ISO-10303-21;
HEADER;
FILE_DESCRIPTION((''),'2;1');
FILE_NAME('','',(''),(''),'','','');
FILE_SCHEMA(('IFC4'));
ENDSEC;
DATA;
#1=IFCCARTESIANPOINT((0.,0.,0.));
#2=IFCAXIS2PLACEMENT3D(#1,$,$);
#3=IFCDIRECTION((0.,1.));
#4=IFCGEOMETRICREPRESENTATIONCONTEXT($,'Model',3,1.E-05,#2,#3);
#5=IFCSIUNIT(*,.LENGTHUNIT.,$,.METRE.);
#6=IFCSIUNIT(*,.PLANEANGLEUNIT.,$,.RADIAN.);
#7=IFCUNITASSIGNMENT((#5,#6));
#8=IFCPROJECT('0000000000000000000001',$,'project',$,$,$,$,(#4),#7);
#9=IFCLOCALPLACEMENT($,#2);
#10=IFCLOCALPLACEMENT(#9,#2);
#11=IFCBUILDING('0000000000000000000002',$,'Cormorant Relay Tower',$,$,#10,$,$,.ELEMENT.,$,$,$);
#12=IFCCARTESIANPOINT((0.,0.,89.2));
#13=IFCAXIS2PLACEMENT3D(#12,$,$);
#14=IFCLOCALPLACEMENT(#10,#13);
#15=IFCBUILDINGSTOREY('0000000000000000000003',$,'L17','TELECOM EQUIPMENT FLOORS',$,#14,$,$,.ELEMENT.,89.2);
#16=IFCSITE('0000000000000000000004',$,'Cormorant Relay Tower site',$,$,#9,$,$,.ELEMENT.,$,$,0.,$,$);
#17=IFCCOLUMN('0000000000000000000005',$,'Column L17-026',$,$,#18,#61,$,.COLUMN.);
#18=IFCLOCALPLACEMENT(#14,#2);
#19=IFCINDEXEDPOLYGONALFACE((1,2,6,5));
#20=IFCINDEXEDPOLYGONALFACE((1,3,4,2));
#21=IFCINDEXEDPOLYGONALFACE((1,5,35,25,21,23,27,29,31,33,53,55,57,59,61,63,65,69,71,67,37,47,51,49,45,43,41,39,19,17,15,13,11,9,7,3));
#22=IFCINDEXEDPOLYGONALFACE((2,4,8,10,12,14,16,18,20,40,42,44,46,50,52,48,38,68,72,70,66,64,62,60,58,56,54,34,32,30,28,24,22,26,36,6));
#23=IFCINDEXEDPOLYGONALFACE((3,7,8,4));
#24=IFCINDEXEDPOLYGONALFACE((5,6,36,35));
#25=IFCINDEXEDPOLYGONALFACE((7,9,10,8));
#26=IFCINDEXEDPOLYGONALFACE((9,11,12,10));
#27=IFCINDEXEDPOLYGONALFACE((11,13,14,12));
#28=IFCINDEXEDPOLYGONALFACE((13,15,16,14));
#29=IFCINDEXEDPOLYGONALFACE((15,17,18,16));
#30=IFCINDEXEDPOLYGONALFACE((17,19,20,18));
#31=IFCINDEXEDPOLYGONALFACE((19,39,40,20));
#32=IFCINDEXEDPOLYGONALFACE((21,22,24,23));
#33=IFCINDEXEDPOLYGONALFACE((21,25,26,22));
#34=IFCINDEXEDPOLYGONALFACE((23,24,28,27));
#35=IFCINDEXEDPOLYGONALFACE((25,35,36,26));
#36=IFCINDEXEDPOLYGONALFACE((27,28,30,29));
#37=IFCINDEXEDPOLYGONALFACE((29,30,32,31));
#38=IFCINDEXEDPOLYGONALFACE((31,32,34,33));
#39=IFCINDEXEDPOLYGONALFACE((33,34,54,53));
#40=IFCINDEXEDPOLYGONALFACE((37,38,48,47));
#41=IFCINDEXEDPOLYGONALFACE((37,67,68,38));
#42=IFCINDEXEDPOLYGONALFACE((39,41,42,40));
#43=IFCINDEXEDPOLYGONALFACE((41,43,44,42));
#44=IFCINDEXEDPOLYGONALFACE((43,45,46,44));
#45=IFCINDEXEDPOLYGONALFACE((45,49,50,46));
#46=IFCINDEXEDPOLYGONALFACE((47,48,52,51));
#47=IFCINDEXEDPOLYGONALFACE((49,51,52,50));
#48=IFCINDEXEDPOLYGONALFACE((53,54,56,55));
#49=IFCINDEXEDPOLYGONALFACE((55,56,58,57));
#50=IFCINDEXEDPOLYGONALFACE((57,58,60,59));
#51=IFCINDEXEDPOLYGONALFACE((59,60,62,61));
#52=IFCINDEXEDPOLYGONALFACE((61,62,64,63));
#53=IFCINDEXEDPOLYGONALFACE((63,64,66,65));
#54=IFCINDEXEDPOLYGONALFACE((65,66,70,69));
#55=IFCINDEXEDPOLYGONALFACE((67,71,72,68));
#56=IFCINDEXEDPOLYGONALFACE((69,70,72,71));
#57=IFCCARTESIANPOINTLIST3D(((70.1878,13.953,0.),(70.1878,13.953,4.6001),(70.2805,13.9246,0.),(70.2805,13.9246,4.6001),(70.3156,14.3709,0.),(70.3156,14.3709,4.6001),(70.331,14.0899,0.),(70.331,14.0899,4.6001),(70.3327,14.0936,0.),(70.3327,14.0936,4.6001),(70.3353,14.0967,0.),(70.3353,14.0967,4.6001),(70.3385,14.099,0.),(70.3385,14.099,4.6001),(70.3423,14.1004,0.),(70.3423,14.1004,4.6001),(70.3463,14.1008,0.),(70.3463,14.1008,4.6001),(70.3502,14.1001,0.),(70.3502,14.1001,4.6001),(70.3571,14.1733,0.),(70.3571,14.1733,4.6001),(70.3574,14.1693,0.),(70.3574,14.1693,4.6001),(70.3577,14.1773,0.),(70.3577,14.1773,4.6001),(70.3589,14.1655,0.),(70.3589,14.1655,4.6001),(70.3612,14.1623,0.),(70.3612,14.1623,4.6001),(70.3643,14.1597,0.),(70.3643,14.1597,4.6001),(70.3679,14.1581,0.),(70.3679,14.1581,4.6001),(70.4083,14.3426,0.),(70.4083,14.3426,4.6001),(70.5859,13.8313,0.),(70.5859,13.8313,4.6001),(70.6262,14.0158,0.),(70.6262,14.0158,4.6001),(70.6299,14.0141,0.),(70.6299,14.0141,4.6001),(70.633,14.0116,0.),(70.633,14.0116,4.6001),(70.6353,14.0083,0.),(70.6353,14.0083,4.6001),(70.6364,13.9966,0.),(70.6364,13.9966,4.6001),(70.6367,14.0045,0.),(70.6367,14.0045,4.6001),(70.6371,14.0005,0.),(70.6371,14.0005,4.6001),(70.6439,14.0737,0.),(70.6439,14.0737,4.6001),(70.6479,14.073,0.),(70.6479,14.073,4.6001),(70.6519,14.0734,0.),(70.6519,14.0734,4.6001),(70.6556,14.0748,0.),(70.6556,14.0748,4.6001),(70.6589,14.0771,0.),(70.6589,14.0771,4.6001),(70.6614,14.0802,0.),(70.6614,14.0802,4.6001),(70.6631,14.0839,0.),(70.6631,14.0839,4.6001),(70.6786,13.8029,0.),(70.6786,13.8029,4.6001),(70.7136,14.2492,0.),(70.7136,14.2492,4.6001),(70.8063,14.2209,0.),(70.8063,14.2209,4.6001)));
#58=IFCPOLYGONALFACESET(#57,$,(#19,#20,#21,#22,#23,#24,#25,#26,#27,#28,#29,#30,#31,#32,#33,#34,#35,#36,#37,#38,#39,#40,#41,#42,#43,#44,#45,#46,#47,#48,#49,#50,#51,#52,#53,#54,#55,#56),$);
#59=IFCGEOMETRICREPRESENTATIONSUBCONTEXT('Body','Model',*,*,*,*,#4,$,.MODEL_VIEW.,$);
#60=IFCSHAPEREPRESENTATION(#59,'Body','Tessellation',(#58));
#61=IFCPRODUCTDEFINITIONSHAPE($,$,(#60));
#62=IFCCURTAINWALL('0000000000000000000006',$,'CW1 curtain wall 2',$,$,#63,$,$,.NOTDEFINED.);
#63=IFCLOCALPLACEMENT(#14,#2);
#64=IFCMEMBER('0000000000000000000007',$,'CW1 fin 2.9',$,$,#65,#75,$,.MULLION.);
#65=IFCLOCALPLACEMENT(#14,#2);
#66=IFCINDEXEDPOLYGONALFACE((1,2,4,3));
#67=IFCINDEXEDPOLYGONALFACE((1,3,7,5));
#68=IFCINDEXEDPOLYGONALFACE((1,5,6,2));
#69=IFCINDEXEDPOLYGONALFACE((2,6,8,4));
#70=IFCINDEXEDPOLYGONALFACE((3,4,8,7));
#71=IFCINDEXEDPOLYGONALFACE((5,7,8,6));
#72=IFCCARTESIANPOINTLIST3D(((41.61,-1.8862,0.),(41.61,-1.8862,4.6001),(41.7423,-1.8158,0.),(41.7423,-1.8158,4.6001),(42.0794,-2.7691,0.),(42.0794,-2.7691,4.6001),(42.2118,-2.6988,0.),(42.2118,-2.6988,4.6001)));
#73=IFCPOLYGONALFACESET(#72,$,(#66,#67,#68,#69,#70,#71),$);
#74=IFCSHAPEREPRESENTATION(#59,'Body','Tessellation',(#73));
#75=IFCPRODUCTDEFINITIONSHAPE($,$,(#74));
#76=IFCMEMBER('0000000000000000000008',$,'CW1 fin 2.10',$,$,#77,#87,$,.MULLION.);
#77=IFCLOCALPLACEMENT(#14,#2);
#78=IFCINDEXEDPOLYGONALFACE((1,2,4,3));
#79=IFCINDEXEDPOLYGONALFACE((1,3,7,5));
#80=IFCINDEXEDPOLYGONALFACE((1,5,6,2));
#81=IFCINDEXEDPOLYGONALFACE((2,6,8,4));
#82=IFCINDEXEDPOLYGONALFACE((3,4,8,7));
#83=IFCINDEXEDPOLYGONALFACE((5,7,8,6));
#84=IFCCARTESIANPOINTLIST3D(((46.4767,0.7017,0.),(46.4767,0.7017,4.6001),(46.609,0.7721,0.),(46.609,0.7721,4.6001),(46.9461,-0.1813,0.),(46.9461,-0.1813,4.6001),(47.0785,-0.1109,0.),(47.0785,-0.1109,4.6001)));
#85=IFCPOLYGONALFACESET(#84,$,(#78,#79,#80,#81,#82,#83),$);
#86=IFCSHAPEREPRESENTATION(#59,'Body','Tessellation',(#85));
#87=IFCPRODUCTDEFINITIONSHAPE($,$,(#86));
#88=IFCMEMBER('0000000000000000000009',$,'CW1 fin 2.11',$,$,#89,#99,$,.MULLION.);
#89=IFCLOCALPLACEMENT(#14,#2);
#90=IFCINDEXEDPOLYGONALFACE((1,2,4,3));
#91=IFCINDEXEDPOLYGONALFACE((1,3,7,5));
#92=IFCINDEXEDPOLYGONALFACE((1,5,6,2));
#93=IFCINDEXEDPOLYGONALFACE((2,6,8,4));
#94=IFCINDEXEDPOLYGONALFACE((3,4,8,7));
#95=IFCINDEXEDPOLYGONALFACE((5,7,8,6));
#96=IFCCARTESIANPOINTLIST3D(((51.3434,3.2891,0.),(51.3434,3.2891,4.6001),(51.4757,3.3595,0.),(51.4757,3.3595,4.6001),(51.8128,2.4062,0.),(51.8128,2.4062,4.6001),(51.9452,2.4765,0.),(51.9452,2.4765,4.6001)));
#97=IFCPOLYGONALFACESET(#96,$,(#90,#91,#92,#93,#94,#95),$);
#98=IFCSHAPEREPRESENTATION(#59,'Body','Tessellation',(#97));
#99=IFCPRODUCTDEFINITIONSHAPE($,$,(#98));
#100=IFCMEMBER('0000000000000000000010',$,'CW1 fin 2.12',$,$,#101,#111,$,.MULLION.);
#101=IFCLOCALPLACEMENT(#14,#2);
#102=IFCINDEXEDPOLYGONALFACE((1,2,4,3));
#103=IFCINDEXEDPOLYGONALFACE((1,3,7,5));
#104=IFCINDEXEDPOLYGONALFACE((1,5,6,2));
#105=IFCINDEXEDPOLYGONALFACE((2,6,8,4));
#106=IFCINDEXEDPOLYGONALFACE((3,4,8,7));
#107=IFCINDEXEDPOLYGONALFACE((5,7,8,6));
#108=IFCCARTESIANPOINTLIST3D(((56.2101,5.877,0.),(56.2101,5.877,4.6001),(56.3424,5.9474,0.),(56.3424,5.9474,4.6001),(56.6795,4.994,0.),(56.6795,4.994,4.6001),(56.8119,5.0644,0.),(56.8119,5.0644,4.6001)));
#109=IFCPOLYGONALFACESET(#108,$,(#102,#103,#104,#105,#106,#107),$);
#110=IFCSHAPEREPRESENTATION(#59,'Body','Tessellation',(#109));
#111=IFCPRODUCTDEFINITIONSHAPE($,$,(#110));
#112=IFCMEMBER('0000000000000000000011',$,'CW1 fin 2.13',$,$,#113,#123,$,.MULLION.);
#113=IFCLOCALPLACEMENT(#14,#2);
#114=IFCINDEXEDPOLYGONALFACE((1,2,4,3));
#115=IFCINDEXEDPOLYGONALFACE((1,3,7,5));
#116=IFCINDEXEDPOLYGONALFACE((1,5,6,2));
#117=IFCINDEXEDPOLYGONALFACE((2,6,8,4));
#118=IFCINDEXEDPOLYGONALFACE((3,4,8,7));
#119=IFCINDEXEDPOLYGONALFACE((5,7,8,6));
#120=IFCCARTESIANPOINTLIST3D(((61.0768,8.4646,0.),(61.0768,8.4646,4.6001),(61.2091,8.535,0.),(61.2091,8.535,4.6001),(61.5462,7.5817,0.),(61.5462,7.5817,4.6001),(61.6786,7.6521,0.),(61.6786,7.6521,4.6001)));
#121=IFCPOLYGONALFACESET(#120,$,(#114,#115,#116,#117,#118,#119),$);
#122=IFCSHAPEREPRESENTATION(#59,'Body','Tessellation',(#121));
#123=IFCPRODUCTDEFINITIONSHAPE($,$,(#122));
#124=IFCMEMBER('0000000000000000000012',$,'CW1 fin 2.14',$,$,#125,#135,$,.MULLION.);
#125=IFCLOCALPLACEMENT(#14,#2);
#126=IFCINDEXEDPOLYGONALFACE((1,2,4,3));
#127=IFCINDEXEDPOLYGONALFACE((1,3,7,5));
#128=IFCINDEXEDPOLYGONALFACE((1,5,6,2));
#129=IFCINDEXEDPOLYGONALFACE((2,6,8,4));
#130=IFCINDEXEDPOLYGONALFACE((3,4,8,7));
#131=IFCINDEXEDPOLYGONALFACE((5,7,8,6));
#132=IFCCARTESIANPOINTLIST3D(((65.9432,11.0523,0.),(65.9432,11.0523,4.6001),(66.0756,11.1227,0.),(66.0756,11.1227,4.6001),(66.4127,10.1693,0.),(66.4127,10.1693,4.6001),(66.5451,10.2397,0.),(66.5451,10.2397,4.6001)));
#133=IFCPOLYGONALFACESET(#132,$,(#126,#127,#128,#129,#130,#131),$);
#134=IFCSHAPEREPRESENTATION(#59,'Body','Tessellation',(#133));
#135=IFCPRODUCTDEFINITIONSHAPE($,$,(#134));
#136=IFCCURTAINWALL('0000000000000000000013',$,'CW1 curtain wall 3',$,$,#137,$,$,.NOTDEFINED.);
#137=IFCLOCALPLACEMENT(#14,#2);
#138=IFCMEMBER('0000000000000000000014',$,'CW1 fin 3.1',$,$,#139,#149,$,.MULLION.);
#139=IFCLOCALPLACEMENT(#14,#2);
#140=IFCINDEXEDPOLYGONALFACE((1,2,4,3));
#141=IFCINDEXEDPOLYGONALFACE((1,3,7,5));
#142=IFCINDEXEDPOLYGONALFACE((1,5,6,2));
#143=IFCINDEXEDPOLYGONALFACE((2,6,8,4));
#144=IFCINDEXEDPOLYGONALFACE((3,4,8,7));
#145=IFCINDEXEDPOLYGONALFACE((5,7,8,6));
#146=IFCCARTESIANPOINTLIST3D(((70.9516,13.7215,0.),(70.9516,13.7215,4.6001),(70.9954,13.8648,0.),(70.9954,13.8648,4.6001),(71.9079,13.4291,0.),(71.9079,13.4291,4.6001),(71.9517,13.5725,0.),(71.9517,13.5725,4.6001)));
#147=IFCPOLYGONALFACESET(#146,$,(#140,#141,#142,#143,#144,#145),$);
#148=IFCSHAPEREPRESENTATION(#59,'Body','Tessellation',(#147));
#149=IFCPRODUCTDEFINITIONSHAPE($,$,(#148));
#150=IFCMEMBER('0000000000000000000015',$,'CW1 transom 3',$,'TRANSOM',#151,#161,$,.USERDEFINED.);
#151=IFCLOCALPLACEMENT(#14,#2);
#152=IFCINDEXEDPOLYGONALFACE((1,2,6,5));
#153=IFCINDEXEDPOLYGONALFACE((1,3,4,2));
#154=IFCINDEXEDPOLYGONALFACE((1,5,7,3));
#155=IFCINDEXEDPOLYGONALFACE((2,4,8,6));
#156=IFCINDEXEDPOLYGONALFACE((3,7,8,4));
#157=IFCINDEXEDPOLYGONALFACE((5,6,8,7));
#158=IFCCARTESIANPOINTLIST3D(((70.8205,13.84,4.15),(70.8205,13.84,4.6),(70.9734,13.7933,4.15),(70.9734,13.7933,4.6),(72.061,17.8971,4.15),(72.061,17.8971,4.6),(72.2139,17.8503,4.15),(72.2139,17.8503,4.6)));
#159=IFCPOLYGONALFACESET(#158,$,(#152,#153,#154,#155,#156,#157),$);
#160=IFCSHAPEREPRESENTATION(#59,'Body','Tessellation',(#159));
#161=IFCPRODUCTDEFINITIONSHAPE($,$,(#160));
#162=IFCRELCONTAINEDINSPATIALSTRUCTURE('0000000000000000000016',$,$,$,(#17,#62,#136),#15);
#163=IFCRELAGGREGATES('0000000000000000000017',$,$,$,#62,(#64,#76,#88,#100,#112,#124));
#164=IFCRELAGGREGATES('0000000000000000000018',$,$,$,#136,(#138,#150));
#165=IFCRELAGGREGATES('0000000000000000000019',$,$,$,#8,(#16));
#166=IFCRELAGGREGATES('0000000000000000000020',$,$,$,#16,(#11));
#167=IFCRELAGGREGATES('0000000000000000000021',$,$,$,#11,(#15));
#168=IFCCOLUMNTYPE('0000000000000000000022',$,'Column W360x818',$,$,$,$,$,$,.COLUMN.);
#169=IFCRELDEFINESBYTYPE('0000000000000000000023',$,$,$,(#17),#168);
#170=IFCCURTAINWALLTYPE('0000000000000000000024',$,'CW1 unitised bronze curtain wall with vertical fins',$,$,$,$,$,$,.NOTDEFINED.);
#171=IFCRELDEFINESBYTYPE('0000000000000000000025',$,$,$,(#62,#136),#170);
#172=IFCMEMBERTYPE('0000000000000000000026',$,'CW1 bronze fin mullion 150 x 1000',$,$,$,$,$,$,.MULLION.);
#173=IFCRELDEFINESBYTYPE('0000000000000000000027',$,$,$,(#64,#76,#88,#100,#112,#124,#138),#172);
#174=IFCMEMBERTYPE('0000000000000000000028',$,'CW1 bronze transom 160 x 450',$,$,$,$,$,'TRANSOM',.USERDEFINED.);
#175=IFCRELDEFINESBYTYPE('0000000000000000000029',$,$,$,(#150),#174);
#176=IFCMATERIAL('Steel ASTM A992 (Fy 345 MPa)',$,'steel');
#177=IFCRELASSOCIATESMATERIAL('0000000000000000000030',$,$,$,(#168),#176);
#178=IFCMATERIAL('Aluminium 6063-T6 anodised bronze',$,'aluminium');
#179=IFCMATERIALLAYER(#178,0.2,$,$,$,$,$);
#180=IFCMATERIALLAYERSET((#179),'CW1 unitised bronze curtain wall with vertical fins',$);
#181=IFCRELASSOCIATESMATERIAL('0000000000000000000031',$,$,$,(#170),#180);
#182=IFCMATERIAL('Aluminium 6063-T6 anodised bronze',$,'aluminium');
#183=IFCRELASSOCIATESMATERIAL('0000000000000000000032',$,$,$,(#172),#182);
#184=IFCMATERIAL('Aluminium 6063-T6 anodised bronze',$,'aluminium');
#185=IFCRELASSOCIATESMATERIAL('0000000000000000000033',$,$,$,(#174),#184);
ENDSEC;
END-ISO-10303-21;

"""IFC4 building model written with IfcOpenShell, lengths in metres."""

from ifc_helpers import new_model, si_unit, direction, frame, origin, origin_2d, place, context, subcontext, project, spatial, rectangle, i_section, extrude, material, layer, layer_set, material_profile, profile_set, type_object, element, aggregate, save


model = new_model("IFC4")

# Units and contexts
model_context = context("Model", 3, precision=1e-05, world=origin(), true_north=direction((0.0, 1.0)))
body_context = subcontext(model_context, "Body", "Model", "MODEL_VIEW")
ifc_project = project(units=[si_unit("LENGTHUNIT", "METRE"), si_unit("PLANEANGLEUNIT", "RADIAN")], contexts=[model_context])

# Site, building, storey
site_placement = place(None, origin())
site = spatial("IfcSite", under=ifc_project, at=site_placement, Name="Cormorant Relay Tower site", CompositionType="ELEMENT", RefElevation=0.0)
building_placement = place(site_placement, origin())
building = spatial("IfcBuilding", under=site, at=building_placement, Name="Cormorant Relay Tower", CompositionType="ELEMENT")
storey_placement = place(building_placement, frame((0.0, 0.0, 89.2)))
storey = spatial("IfcBuildingStorey", under=building, at=storey_placement, Name="L17", Description="TELECOM EQUIPMENT FLOORS", CompositionType="ELEMENT", Elevation=89.2)

# Column
ifc_material_1 = material(Name="Steel ASTM A992 (Fy 345 MPa)", Category="steel")
ifc_material_profile_1 = material_profile(ifc_material_1, i_section(OverallWidth=0.437, OverallDepth=0.5132, WebThickness=0.0605, FlangeThickness=0.0969, FilletRadius=0.0154, at=origin_2d()), Name="W360x818")
ifc_profile_set_1 = profile_set([ifc_material_profile_1], Name="Steel ASTM A992 (Fy 345 MPa)")
column_type_1 = type_object("IfcColumnType", Name="Column W360x818", PredefinedType="COLUMN", material=ifc_profile_set_1)
for number, where, z_axis, x_axis, name in (
    (1, (70.4971, 14.0869, 0.0), (0.0, 0.0, 1.0), (0.292372, 0.956305, 0.0), "Column L17-026"),
):
    element("IfcColumn", number, at=place(storey_placement, frame(where, z_axis=z_axis, x_axis=x_axis)), inside=storey, type_object=column_type_1, Name=name, PredefinedType="COLUMN", context=body_context, shape_type="SweptSolid", body=[
        extrude(i_section(OverallWidth=0.437, OverallDepth=0.5132, WebThickness=0.0605, FlangeThickness=0.0969, FilletRadius=0.0154, at=origin_2d()), origin(), (0.0, 0.0, 1.0), 4.6001),
    ])

# Curtain walls, members
ifc_material_2 = material(Name="Aluminium 6063-T6 anodised bronze", Category="aluminium")
ifc_layer_1 = layer(ifc_material_2, 0.2)
ifc_layer_set_1 = layer_set([ifc_layer_1], Name="CW1 unitised bronze curtain wall with vertical fins")
curtain_wall_type = type_object("IfcCurtainWallType", Name="CW1 unitised bronze curtain wall with vertical fins", PredefinedType="NOTDEFINED", material=ifc_layer_set_1)
curtain_wall_1_placement = place(storey_placement, origin())
curtain_wall_1 = element("IfcCurtainWall", 2, at=curtain_wall_1_placement, inside=storey, type_object=curtain_wall_type, Name="CW1 curtain wall 2", PredefinedType="NOTDEFINED")
ifc_material_3 = material(Name="Aluminium 6063-T6 anodised bronze", Category="aluminium")
ifc_material_profile_2 = material_profile(ifc_material_3, rectangle(XDim=0.1499, YDim=1.0, at=origin_2d()), Name="AL 150x1000")
ifc_profile_set_2 = profile_set([ifc_material_profile_2], Name="Aluminium 6063-T6 anodised bronze")
member_type_1 = type_object("IfcMemberType", Name="CW1 bronze fin mullion 150 x 1000", PredefinedType="MULLION", material=ifc_profile_set_2)
member_1_placement = place(storey_placement, frame((41.9109, -2.2925, 0.0), z_axis=(0.0, 0.0, 1.0), x_axis=(0.882948, 0.469472, 0.0)))
member_1 = element("IfcMember", 3, at=member_1_placement, type_object=member_type_1, Name="CW1 fin 2.9", PredefinedType="MULLION", context=body_context, shape_type="SweptSolid", body=[
    extrude(rectangle(XDim=0.1499, YDim=1.0, at=origin_2d()), origin(), (0.0, 0.0, 1.0), 4.6001),
])
member_2_placement = place(storey_placement, frame((46.7776, 0.2954, 0.0), z_axis=(0.0, 0.0, 1.0), x_axis=(0.882948, 0.469472, 0.0)))
member_2 = element("IfcMember", 4, at=member_2_placement, type_object=member_type_1, Name="CW1 fin 2.10", PredefinedType="MULLION", context=body_context, shape_type="SweptSolid", body=[
    extrude(rectangle(XDim=0.1499, YDim=1.0, at=origin_2d()), origin(), (0.0, 0.0, 1.0), 4.6001),
])
member_3_placement = place(storey_placement, frame((51.6443, 2.8828, 0.0), z_axis=(0.0, 0.0, 1.0), x_axis=(0.882948, 0.469472, 0.0)))
member_3 = element("IfcMember", 5, at=member_3_placement, type_object=member_type_1, Name="CW1 fin 2.11", PredefinedType="MULLION", context=body_context, shape_type="SweptSolid", body=[
    extrude(rectangle(XDim=0.1499, YDim=1.0, at=origin_2d()), origin(), (0.0, 0.0, 1.0), 4.6001),
])
member_4_placement = place(storey_placement, frame((56.511, 5.4707, 0.0), z_axis=(0.0, 0.0, 1.0), x_axis=(0.882948, 0.469472, 0.0)))
member_4 = element("IfcMember", 6, at=member_4_placement, type_object=member_type_1, Name="CW1 fin 2.12", PredefinedType="MULLION", context=body_context, shape_type="SweptSolid", body=[
    extrude(rectangle(XDim=0.1499, YDim=1.0, at=origin_2d()), origin(), (0.0, 0.0, 1.0), 4.6001),
])
member_5_placement = place(storey_placement, frame((61.3777, 8.0583, 0.0), z_axis=(0.0, 0.0, 1.0), x_axis=(0.882948, 0.469472, 0.0)))
member_5 = element("IfcMember", 7, at=member_5_placement, type_object=member_type_1, Name="CW1 fin 2.13", PredefinedType="MULLION", context=body_context, shape_type="SweptSolid", body=[
    extrude(rectangle(XDim=0.1499, YDim=1.0, at=origin_2d()), origin(), (0.0, 0.0, 1.0), 4.6001),
])
member_6_placement = place(storey_placement, frame((66.2441, 10.646, 0.0), z_axis=(0.0, 0.0, 1.0), x_axis=(0.882948, 0.469472, 0.0)))
member_6 = element("IfcMember", 8, at=member_6_placement, type_object=member_type_1, Name="CW1 fin 2.14", PredefinedType="MULLION", context=body_context, shape_type="SweptSolid", body=[
    extrude(rectangle(XDim=0.1499, YDim=1.0, at=origin_2d()), origin(), (0.0, 0.0, 1.0), 4.6001),
])
curtain_wall_2_placement = place(storey_placement, origin())
curtain_wall_2 = element("IfcCurtainWall", 9, at=curtain_wall_2_placement, inside=storey, type_object=curtain_wall_type, Name="CW1 curtain wall 3", PredefinedType="NOTDEFINED")
member_7_placement = place(storey_placement, frame((71.4517, 13.647, 0.0), z_axis=(0.0, 0.0, 1.0), x_axis=(0.292372, 0.956305, 0.0)))
member_7 = element("IfcMember", 10, at=member_7_placement, type_object=member_type_1, Name="CW1 fin 3.1", PredefinedType="MULLION", context=body_context, shape_type="SweptSolid", body=[
    extrude(rectangle(XDim=0.1499, YDim=1.0, at=origin_2d()), origin(), (0.0, 0.0, 1.0), 4.6001),
])
ifc_material_4 = material(Name="Aluminium 6063-T6 anodised bronze", Category="aluminium")
ifc_material_profile_3 = material_profile(ifc_material_4, rectangle(XDim=0.1599, YDim=0.45, at=origin_2d()), Name="AL 160x450")
ifc_profile_set_3 = profile_set([ifc_material_profile_3], Name="Aluminium 6063-T6 anodised bronze")
member_type_2 = type_object("IfcMemberType", Name="CW1 bronze transom 160 x 450", ElementType="TRANSOM", PredefinedType="USERDEFINED", material=ifc_profile_set_3)
member_8_placement = place(storey_placement, frame((70.897, 13.8167, 4.375), z_axis=(0.292391, 0.956299, 0.0), x_axis=(-0.956299, 0.292391, 0.0)))
member_8 = element("IfcMember", 11, at=member_8_placement, type_object=member_type_2, Name="CW1 transom 3", ObjectType="TRANSOM", PredefinedType="USERDEFINED", context=body_context, shape_type="SweptSolid", body=[
    extrude(rectangle(XDim=0.1599, YDim=0.45, at=origin_2d()), origin(), (0.0, 0.0, 1.0), 4.2424),
])

aggregate(curtain_wall_1, [member_1, member_2, member_3, member_4, member_5, member_6])
aggregate(curtain_wall_2, [member_7, member_8])

save(model, "model.ifc")
